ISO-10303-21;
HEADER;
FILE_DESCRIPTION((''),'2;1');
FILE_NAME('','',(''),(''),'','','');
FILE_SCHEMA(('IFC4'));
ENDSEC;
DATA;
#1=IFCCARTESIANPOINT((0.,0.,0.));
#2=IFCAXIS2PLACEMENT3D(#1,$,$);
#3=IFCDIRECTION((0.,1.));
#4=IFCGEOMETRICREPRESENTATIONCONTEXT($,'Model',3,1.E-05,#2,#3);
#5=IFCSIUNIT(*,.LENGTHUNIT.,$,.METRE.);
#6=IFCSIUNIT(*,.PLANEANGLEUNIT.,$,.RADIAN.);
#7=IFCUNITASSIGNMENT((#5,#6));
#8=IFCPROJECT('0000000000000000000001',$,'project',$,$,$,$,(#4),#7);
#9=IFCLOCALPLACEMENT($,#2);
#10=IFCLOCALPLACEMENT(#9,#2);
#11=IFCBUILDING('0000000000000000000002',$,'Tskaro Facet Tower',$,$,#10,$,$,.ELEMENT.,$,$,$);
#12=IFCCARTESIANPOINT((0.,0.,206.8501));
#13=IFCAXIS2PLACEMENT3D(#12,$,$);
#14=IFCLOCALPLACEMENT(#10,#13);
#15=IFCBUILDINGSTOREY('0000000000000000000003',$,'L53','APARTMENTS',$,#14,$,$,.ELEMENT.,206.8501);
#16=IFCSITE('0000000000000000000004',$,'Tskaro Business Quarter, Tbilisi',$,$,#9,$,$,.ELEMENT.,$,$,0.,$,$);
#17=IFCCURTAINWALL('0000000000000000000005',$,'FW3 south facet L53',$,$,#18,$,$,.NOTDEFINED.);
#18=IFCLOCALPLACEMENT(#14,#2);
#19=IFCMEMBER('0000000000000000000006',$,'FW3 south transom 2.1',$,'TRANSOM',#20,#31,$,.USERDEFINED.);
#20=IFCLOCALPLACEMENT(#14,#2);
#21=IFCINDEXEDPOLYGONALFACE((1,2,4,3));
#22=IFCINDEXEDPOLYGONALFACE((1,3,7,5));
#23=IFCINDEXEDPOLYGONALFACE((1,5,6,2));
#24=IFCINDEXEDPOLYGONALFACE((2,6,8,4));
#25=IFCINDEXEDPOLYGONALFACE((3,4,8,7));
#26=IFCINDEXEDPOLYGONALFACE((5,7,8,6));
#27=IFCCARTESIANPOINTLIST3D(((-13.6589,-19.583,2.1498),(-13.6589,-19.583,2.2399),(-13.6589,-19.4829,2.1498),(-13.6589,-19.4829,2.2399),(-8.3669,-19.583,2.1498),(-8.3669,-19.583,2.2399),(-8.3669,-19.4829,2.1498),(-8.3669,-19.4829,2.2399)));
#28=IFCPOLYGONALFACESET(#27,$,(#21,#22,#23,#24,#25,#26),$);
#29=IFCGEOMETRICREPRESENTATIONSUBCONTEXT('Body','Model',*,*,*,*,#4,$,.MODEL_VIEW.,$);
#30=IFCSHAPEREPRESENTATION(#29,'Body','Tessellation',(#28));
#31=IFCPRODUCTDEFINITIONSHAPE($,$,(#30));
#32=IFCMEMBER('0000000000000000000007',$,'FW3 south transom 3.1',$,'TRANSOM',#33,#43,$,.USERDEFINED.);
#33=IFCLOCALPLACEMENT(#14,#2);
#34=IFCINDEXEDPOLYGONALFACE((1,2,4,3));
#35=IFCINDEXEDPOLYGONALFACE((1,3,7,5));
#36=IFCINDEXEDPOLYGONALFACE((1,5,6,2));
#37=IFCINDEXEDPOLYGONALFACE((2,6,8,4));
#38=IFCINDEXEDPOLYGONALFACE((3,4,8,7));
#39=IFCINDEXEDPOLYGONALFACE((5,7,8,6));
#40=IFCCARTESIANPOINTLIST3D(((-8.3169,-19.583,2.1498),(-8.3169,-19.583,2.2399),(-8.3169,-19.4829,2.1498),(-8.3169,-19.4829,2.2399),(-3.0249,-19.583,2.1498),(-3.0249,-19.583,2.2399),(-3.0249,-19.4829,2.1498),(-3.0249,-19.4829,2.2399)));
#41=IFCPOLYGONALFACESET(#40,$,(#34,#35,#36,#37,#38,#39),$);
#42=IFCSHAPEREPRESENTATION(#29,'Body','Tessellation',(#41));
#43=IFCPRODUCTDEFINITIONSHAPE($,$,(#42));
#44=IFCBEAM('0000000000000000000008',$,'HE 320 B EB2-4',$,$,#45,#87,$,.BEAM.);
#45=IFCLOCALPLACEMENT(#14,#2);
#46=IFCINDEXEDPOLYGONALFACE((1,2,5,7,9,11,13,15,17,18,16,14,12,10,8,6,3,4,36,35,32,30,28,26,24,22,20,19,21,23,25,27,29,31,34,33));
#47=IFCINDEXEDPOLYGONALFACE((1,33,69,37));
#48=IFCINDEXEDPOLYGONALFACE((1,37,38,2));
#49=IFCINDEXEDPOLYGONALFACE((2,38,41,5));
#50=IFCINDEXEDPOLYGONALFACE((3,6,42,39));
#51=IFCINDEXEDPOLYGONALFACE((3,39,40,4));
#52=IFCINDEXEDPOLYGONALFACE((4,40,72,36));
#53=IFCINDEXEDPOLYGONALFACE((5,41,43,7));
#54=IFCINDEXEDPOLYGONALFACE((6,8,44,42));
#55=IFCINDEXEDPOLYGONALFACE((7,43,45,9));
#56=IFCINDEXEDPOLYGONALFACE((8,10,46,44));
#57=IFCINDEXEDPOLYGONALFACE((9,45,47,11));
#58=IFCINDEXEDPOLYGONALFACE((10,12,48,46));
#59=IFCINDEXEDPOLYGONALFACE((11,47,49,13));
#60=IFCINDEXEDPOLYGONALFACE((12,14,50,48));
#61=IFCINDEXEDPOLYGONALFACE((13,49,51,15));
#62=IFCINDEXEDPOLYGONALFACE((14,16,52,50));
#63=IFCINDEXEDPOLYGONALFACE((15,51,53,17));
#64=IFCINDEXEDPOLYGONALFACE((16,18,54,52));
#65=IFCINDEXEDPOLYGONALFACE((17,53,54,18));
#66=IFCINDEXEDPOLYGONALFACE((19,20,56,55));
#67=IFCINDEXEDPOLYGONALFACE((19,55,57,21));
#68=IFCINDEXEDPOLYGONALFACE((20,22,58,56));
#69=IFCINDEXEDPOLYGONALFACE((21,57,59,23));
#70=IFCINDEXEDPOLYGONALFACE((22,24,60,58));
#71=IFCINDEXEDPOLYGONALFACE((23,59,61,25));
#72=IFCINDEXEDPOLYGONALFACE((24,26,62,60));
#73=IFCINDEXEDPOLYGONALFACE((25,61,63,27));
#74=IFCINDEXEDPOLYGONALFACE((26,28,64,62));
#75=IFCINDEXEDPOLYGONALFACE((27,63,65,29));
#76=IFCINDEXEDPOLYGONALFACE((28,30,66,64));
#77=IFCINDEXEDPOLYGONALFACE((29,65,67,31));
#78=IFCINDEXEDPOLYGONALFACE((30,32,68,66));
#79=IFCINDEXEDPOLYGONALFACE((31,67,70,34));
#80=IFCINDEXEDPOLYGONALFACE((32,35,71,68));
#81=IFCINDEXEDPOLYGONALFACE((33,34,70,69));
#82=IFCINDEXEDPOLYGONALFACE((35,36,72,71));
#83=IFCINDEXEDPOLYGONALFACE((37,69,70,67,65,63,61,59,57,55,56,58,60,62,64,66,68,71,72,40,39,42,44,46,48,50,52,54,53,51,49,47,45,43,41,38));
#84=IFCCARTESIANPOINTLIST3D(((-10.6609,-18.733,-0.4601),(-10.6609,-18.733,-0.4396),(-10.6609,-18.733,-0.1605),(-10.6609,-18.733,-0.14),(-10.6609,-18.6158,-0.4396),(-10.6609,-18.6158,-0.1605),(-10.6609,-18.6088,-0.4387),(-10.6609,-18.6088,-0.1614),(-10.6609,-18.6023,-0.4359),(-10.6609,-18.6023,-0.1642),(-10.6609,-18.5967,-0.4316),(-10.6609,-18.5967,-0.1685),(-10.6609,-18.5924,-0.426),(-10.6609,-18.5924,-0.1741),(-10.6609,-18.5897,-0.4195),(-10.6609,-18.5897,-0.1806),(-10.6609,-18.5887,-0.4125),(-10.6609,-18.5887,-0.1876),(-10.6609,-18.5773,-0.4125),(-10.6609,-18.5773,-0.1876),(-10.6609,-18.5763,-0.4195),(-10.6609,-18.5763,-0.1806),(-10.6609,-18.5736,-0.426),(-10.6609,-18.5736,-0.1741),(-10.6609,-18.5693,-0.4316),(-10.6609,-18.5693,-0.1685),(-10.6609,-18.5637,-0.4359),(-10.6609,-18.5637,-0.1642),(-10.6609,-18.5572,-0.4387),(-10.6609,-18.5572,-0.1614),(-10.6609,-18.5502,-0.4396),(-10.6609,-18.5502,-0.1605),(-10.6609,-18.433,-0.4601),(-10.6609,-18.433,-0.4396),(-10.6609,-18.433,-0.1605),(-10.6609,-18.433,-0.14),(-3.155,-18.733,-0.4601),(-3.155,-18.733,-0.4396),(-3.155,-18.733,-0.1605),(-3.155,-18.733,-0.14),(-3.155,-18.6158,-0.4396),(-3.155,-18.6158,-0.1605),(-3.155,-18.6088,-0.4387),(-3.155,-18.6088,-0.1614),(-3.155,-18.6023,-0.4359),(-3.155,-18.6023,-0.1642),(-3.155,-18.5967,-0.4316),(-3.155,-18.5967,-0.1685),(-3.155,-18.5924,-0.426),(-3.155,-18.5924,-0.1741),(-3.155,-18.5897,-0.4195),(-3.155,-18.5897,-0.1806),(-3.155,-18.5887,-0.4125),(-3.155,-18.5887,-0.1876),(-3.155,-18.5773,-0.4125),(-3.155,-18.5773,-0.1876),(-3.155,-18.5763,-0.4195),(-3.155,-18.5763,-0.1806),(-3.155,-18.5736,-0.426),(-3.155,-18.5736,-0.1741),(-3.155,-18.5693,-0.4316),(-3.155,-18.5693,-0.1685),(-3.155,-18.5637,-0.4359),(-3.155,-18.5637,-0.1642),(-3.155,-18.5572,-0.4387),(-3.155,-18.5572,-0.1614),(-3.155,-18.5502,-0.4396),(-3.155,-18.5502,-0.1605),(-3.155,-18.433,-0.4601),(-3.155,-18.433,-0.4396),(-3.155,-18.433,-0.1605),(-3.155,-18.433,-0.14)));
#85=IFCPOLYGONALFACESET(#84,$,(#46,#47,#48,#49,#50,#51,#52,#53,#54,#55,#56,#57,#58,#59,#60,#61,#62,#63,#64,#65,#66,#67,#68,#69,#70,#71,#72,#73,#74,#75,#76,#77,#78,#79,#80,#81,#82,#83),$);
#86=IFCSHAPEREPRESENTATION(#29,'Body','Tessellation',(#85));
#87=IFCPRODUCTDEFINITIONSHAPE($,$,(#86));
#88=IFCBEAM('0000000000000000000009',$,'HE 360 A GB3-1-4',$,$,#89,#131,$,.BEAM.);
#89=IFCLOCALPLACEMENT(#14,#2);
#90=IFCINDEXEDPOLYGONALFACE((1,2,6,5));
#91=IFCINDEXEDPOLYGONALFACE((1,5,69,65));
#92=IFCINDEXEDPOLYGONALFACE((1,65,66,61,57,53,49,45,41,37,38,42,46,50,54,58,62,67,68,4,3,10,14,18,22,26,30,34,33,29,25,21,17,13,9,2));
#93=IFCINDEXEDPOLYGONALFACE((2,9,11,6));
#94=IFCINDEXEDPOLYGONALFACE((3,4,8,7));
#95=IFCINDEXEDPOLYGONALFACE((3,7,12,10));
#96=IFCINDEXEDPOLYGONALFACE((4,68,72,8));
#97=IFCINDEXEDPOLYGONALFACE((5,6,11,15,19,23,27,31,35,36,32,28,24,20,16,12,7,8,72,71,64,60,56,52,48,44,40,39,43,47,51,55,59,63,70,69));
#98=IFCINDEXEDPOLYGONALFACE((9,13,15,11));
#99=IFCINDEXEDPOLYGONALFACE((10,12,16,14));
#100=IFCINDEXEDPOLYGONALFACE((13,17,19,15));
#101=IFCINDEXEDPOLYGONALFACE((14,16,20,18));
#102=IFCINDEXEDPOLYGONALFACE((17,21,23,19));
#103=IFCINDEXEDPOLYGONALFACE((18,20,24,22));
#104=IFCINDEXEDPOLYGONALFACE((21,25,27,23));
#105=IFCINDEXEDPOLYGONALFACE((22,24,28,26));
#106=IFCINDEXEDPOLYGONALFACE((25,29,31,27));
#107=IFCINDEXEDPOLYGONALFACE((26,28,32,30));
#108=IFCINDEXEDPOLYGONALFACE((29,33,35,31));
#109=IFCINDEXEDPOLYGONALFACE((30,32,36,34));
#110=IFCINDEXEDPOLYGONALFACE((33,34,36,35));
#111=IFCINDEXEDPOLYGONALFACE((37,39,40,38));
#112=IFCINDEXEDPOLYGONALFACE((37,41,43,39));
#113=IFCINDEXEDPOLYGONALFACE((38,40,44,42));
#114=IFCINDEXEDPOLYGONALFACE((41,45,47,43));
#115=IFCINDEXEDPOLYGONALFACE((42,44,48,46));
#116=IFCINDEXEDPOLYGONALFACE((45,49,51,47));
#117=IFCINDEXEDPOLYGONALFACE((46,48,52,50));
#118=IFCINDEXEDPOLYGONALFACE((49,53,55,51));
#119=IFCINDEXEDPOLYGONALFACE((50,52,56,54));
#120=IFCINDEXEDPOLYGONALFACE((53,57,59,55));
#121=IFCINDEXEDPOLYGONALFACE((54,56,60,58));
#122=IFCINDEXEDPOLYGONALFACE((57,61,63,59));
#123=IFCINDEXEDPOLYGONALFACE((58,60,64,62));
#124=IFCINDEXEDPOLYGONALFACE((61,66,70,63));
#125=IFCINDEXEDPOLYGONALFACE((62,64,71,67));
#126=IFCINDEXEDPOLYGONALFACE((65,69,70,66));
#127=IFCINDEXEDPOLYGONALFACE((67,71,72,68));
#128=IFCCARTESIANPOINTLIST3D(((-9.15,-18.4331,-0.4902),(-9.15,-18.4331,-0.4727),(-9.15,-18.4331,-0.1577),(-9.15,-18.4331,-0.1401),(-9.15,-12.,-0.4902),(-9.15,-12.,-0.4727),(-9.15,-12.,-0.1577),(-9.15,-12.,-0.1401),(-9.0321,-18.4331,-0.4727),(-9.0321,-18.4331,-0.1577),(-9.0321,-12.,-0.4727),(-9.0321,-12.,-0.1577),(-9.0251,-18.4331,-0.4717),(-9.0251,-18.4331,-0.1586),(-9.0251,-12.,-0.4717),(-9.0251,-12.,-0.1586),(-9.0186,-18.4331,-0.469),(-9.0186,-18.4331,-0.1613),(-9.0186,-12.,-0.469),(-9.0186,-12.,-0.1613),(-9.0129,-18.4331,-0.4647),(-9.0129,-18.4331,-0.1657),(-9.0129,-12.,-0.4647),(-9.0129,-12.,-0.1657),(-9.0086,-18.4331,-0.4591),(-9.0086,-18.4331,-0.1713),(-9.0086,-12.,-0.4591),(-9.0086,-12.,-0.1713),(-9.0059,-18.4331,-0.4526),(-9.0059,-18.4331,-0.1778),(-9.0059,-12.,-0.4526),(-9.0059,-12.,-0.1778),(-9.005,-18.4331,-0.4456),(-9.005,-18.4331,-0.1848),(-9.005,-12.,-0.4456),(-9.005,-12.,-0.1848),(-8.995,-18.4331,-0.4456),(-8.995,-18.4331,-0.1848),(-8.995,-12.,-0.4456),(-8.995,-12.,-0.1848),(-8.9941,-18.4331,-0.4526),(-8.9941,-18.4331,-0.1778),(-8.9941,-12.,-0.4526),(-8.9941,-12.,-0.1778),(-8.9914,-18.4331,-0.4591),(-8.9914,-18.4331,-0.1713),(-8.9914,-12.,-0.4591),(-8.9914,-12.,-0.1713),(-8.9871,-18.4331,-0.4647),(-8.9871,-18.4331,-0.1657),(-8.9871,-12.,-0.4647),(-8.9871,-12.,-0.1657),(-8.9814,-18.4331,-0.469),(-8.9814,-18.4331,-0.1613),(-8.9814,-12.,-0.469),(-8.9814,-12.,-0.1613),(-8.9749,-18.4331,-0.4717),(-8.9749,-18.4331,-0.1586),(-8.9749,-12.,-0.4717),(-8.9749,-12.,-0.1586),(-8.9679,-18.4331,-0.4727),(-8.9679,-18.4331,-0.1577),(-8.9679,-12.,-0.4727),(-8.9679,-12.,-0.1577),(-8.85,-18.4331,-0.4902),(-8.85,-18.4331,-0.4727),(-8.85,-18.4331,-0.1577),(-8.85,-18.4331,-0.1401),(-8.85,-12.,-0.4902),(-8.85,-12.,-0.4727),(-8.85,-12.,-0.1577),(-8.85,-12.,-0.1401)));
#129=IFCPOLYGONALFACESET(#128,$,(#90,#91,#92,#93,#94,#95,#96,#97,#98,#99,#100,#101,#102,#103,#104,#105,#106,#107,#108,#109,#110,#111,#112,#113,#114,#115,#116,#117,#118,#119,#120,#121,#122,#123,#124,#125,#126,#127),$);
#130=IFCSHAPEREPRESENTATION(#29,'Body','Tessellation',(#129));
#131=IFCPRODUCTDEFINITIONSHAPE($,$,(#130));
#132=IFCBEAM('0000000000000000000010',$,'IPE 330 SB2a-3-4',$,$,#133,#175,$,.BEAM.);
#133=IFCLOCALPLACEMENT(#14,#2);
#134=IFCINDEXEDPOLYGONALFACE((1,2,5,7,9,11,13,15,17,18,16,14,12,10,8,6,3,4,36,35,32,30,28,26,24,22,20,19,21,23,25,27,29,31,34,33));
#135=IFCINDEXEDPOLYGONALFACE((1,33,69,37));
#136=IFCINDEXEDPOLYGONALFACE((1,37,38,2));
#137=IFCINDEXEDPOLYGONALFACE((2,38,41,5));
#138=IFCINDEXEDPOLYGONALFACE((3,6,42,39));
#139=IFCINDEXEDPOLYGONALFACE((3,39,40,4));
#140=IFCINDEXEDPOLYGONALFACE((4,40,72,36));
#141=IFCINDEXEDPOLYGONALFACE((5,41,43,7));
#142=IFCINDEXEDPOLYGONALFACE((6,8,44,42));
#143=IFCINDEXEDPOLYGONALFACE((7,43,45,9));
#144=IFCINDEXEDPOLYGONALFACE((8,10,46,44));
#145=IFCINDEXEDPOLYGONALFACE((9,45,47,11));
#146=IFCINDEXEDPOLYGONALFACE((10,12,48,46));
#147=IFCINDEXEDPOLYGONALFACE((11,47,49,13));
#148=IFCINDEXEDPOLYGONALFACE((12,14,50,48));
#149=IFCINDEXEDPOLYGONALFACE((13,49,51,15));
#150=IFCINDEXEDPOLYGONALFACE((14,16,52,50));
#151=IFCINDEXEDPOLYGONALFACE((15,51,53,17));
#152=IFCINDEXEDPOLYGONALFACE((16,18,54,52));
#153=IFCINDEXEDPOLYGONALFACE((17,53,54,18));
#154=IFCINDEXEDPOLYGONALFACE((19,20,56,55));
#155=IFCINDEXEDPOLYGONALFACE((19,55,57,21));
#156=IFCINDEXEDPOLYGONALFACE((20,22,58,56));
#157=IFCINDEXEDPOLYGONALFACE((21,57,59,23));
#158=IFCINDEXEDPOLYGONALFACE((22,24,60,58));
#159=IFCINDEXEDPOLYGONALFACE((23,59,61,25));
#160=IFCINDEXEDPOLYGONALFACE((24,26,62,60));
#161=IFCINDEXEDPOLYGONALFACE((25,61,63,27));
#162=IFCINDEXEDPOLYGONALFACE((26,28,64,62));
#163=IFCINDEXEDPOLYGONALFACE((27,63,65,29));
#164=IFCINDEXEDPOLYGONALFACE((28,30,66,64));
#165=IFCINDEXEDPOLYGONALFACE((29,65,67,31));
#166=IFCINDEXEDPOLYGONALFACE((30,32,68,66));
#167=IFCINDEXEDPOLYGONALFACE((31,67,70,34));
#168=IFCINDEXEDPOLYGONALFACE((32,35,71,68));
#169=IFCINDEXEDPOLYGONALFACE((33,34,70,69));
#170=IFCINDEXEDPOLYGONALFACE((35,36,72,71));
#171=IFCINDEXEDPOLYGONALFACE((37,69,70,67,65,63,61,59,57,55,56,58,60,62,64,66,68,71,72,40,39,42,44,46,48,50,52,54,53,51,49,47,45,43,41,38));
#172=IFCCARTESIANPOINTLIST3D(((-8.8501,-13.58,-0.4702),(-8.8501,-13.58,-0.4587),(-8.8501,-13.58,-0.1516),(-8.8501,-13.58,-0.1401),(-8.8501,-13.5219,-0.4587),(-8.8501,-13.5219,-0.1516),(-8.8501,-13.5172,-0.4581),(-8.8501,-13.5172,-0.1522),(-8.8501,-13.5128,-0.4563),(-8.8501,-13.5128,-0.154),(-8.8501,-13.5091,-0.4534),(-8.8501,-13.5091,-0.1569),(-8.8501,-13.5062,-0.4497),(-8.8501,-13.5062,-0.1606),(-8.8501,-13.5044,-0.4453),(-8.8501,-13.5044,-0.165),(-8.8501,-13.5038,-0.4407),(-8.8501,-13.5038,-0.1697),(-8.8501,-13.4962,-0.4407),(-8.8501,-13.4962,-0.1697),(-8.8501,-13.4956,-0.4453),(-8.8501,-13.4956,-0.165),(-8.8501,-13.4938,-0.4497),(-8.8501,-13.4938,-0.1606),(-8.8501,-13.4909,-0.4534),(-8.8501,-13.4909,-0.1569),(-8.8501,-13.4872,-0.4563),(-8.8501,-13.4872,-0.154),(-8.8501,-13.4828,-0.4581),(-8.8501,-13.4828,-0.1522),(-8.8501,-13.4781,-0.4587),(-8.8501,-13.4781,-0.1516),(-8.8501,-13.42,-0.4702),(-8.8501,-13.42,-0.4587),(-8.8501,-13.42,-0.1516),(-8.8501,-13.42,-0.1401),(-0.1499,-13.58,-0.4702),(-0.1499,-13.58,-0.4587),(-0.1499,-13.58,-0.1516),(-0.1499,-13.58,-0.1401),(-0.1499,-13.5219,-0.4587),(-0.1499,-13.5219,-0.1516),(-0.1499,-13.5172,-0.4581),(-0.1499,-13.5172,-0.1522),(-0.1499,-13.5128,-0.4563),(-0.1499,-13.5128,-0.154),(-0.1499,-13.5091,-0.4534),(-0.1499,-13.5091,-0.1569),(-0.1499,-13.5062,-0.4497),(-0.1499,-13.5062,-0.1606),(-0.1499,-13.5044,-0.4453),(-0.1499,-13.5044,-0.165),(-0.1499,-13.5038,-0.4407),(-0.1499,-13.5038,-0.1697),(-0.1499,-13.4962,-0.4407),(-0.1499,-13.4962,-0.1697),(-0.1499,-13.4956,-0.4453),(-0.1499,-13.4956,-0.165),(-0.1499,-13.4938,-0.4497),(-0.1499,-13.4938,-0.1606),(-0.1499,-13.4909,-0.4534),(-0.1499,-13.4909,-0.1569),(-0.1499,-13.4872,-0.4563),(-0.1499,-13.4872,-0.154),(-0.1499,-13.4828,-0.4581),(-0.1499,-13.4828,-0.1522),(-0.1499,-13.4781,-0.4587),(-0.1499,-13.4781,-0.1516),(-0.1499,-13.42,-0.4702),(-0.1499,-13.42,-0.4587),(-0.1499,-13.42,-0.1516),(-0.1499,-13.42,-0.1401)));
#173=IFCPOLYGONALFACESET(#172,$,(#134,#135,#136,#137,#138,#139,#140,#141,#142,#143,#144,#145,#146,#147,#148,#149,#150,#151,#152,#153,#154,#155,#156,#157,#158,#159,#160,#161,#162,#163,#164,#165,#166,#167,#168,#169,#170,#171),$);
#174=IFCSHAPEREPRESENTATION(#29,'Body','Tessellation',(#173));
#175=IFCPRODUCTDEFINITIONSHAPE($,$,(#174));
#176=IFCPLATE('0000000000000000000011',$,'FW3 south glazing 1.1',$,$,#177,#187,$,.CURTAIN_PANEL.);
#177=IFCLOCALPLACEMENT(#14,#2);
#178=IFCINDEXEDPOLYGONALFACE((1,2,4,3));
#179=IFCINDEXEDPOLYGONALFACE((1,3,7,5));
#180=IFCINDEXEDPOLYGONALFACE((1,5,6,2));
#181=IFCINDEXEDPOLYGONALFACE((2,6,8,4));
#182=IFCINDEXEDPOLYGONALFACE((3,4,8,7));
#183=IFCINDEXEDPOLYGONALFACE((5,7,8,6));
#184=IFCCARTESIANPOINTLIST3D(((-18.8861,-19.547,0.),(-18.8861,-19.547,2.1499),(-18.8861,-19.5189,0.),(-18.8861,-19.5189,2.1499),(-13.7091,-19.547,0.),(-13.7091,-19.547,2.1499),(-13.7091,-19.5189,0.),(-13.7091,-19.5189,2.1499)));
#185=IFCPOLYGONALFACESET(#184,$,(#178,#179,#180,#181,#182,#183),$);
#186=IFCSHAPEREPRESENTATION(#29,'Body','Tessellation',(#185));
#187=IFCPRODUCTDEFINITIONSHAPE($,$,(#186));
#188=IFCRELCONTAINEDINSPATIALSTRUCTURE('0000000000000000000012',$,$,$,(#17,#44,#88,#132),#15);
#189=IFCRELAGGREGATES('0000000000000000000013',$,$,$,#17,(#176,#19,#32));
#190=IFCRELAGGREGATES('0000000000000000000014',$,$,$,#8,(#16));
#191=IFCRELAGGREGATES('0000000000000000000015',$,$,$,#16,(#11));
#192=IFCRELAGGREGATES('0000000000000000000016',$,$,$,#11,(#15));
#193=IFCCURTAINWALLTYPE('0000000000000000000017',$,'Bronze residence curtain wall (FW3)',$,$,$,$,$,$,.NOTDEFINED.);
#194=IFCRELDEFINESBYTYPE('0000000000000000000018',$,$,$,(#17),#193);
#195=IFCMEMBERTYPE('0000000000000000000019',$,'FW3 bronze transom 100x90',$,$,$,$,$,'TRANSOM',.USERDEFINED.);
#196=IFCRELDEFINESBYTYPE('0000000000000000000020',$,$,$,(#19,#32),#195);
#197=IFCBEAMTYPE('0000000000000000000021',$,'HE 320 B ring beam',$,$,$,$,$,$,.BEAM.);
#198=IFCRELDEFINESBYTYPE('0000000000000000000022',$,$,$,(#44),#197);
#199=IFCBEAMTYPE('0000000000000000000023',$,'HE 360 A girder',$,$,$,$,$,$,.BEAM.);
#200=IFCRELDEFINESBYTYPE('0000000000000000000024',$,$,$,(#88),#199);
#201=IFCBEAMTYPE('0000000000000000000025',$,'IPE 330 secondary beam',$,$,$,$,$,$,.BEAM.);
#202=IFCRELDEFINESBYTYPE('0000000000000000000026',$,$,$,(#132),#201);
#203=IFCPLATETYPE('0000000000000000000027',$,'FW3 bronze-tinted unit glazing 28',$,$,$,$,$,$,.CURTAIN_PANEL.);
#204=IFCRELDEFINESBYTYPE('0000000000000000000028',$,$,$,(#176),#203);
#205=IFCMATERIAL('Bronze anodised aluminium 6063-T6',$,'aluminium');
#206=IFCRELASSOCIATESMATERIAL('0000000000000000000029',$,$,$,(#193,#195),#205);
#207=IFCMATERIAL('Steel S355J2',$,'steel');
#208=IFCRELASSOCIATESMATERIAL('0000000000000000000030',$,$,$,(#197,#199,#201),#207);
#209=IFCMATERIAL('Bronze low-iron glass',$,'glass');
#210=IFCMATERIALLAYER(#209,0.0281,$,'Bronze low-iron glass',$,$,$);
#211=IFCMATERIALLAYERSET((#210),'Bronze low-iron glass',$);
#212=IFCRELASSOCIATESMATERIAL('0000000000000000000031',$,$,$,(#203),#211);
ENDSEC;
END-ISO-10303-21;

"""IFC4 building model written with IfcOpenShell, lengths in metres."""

from ifc_helpers import new_model, si_unit, direction, frame, origin, origin_2d, place, context, subcontext, project, spatial, rectangle, i_section, extrude, material, layer, layer_set, material_profile, profile_set, type_object, element, aggregate, save


model = new_model("IFC4")

# Units and contexts
model_context = context("Model", 3, precision=1e-05, world=origin(), true_north=direction((0.0, 1.0)))
body_context = subcontext(model_context, "Body", "Model", "MODEL_VIEW")
ifc_project = project(units=[si_unit("LENGTHUNIT", "METRE"), si_unit("PLANEANGLEUNIT", "RADIAN")], contexts=[model_context])

# Site, building, storey
site_placement = place(None, origin())
site = spatial("IfcSite", under=ifc_project, at=site_placement, Name="Tskaro Business Quarter, Tbilisi", CompositionType="ELEMENT", RefElevation=0.0)
building_placement = place(site_placement, origin())
building = spatial("IfcBuilding", under=site, at=building_placement, Name="Tskaro Facet Tower", CompositionType="ELEMENT")
storey_placement = place(building_placement, frame((0.0, 0.0, 206.8501)))
storey = spatial("IfcBuildingStorey", under=building, at=storey_placement, Name="L53", Description="APARTMENTS", CompositionType="ELEMENT", Elevation=206.8501)

# Curtain wall, members
ifc_material_1 = material(Name="Bronze anodised aluminium 6063-T6", Category="aluminium")
curtain_wall_type = type_object("IfcCurtainWallType", Name="Bronze residence curtain wall (FW3)", PredefinedType="NOTDEFINED", material=ifc_material_1)
curtain_wall_placement = place(storey_placement, origin())
curtain_wall = element("IfcCurtainWall", 1, at=curtain_wall_placement, inside=storey, type_object=curtain_wall_type, Name="FW3 south facet L53", PredefinedType="NOTDEFINED")
ifc_material_profile_1 = material_profile(ifc_material_1, rectangle(XDim=0.1001, YDim=0.0901, at=origin_2d()), Name="Transom 100x90")
ifc_profile_set_1 = profile_set([ifc_material_profile_1], Name="Bronze anodised aluminium 6063-T6")
member_type_1 = type_object("IfcMemberType", Name="FW3 bronze transom 100x90", ElementType="TRANSOM", PredefinedType="USERDEFINED", material=ifc_profile_set_1)
member_1_placement = place(storey_placement, frame((-13.6589, -19.533, 2.1948), z_axis=(1.0, 0.0, 0.0), x_axis=(0.0, 1.0, 0.0)))
member_1 = element("IfcMember", 2, at=member_1_placement, type_object=member_type_1, Name="FW3 south transom 2.1", ObjectType="TRANSOM", PredefinedType="USERDEFINED", context=body_context, shape_type="SweptSolid", body=[
    extrude(rectangle(XDim=0.1001, YDim=0.0901, at=origin_2d()), origin(), (0.0, 0.0, 1.0), 5.292),
])
member_2_placement = place(storey_placement, frame((-8.3169, -19.533, 2.1948), z_axis=(1.0, 0.0, 0.0), x_axis=(0.0, 1.0, 0.0)))
member_2 = element("IfcMember", 3, at=member_2_placement, type_object=member_type_1, Name="FW3 south transom 3.1", ObjectType="TRANSOM", PredefinedType="USERDEFINED", context=body_context, shape_type="SweptSolid", body=[
    extrude(rectangle(XDim=0.1001, YDim=0.0901, at=origin_2d()), origin(), (0.0, 0.0, 1.0), 5.292),
])

# Beams
ifc_material_2 = material(Name="Steel S355J2", Category="steel")
ifc_material_profile_2 = material_profile(ifc_material_2, i_section(OverallWidth=0.3, OverallDepth=0.3201, WebThickness=0.0115, FlangeThickness=0.0205, FilletRadius=0.0271, at=origin_2d()), Name="HE 320 B")
ifc_profile_set_2 = profile_set([ifc_material_profile_2], Name="Steel S355J2")
beam_type_1 = type_object("IfcBeamType", Name="HE 320 B ring beam", PredefinedType="BEAM", material=ifc_profile_set_2)
beam_1_placement = place(storey_placement, frame((-10.6609, -18.583, -0.3), z_axis=(1.0, 0.0, 0.0), x_axis=(0.0, 1.0, 0.0)))
element("IfcBeam", 4, at=beam_1_placement, inside=storey, type_object=beam_type_1, Name="HE 320 B EB2-4", PredefinedType="BEAM", context=body_context, shape_type="SweptSolid", body=[
    extrude(i_section(OverallWidth=0.3, OverallDepth=0.3201, WebThickness=0.0115, FlangeThickness=0.0205, FilletRadius=0.0271, at=origin_2d()), origin(), (0.0, 0.0, 1.0), 7.5059),
])
ifc_material_profile_3 = material_profile(ifc_material_2, i_section(OverallWidth=0.3, OverallDepth=0.3501, WebThickness=0.01, FlangeThickness=0.0176, FilletRadius=0.0271, at=origin_2d()), Name="HE 360 A")
ifc_profile_set_3 = profile_set([ifc_material_profile_3], Name="Steel S355J2")
beam_type_2 = type_object("IfcBeamType", Name="HE 360 A girder", PredefinedType="BEAM", material=ifc_profile_set_3)
beam_2_placement = place(storey_placement, frame((-9.0, -18.4331, -0.3152), z_axis=(0.0, 1.0, 0.0), x_axis=(-1.0, 0.0, 0.0)))
element("IfcBeam", 5, at=beam_2_placement, inside=storey, type_object=beam_type_2, Name="HE 360 A GB3-1-4", PredefinedType="BEAM", context=body_context, shape_type="SweptSolid", body=[
    extrude(i_section(OverallWidth=0.3, OverallDepth=0.3501, WebThickness=0.01, FlangeThickness=0.0176, FilletRadius=0.0271, at=origin_2d()), origin(), (0.0, 0.0, 1.0), 6.4331),
])
ifc_material_profile_4 = material_profile(ifc_material_2, i_section(OverallWidth=0.1599, OverallDepth=0.3301, WebThickness=0.0076, FlangeThickness=0.0115, FilletRadius=0.0181, at=origin_2d()), Name="IPE 330")
ifc_profile_set_4 = profile_set([ifc_material_profile_4], Name="Steel S355J2")
beam_type_3 = type_object("IfcBeamType", Name="IPE 330 secondary beam", PredefinedType="BEAM", material=ifc_profile_set_4)
beam_3_placement = place(storey_placement, frame((-8.8501, -13.5, -0.3052), z_axis=(1.0, 0.0, 0.0), x_axis=(0.0, 1.0, 0.0)))
element("IfcBeam", 6, at=beam_3_placement, inside=storey, type_object=beam_type_3, Name="IPE 330 SB2a-3-4", PredefinedType="BEAM", context=body_context, shape_type="SweptSolid", body=[
    extrude(i_section(OverallWidth=0.1599, OverallDepth=0.3301, WebThickness=0.0076, FlangeThickness=0.0115, FilletRadius=0.0181, at=origin_2d()), origin(), (0.0, 0.0, 1.0), 8.7002),
])

# Plate
ifc_material_3 = material(Name="Bronze low-iron glass", Category="glass")
ifc_layer_1 = layer(ifc_material_3, 0.0281, Name="Bronze low-iron glass")
ifc_layer_set_1 = layer_set([ifc_layer_1], Name="Bronze low-iron glass")
plate_type = type_object("IfcPlateType", Name="FW3 bronze-tinted unit glazing 28", PredefinedType="CURTAIN_PANEL", material=ifc_layer_set_1)
plate_1_placement = place(storey_placement, frame((-16.2976, -19.533, 0.0), z_axis=(0.0, 0.0, 1.0), x_axis=(1.0, 0.0, 0.0)))
plate_1 = element("IfcPlate", 7, at=plate_1_placement, type_object=plate_type, Name="FW3 south glazing 1.1", PredefinedType="CURTAIN_PANEL", context=body_context, shape_type="SweptSolid", body=[
    extrude(rectangle(XDim=5.177, YDim=0.0281, at=origin_2d()), origin(), (0.0, 0.0, 1.0), 2.1499),
])
aggregate(curtain_wall, [plate_1, member_1, member_2])

save(model, "model.ifc")
